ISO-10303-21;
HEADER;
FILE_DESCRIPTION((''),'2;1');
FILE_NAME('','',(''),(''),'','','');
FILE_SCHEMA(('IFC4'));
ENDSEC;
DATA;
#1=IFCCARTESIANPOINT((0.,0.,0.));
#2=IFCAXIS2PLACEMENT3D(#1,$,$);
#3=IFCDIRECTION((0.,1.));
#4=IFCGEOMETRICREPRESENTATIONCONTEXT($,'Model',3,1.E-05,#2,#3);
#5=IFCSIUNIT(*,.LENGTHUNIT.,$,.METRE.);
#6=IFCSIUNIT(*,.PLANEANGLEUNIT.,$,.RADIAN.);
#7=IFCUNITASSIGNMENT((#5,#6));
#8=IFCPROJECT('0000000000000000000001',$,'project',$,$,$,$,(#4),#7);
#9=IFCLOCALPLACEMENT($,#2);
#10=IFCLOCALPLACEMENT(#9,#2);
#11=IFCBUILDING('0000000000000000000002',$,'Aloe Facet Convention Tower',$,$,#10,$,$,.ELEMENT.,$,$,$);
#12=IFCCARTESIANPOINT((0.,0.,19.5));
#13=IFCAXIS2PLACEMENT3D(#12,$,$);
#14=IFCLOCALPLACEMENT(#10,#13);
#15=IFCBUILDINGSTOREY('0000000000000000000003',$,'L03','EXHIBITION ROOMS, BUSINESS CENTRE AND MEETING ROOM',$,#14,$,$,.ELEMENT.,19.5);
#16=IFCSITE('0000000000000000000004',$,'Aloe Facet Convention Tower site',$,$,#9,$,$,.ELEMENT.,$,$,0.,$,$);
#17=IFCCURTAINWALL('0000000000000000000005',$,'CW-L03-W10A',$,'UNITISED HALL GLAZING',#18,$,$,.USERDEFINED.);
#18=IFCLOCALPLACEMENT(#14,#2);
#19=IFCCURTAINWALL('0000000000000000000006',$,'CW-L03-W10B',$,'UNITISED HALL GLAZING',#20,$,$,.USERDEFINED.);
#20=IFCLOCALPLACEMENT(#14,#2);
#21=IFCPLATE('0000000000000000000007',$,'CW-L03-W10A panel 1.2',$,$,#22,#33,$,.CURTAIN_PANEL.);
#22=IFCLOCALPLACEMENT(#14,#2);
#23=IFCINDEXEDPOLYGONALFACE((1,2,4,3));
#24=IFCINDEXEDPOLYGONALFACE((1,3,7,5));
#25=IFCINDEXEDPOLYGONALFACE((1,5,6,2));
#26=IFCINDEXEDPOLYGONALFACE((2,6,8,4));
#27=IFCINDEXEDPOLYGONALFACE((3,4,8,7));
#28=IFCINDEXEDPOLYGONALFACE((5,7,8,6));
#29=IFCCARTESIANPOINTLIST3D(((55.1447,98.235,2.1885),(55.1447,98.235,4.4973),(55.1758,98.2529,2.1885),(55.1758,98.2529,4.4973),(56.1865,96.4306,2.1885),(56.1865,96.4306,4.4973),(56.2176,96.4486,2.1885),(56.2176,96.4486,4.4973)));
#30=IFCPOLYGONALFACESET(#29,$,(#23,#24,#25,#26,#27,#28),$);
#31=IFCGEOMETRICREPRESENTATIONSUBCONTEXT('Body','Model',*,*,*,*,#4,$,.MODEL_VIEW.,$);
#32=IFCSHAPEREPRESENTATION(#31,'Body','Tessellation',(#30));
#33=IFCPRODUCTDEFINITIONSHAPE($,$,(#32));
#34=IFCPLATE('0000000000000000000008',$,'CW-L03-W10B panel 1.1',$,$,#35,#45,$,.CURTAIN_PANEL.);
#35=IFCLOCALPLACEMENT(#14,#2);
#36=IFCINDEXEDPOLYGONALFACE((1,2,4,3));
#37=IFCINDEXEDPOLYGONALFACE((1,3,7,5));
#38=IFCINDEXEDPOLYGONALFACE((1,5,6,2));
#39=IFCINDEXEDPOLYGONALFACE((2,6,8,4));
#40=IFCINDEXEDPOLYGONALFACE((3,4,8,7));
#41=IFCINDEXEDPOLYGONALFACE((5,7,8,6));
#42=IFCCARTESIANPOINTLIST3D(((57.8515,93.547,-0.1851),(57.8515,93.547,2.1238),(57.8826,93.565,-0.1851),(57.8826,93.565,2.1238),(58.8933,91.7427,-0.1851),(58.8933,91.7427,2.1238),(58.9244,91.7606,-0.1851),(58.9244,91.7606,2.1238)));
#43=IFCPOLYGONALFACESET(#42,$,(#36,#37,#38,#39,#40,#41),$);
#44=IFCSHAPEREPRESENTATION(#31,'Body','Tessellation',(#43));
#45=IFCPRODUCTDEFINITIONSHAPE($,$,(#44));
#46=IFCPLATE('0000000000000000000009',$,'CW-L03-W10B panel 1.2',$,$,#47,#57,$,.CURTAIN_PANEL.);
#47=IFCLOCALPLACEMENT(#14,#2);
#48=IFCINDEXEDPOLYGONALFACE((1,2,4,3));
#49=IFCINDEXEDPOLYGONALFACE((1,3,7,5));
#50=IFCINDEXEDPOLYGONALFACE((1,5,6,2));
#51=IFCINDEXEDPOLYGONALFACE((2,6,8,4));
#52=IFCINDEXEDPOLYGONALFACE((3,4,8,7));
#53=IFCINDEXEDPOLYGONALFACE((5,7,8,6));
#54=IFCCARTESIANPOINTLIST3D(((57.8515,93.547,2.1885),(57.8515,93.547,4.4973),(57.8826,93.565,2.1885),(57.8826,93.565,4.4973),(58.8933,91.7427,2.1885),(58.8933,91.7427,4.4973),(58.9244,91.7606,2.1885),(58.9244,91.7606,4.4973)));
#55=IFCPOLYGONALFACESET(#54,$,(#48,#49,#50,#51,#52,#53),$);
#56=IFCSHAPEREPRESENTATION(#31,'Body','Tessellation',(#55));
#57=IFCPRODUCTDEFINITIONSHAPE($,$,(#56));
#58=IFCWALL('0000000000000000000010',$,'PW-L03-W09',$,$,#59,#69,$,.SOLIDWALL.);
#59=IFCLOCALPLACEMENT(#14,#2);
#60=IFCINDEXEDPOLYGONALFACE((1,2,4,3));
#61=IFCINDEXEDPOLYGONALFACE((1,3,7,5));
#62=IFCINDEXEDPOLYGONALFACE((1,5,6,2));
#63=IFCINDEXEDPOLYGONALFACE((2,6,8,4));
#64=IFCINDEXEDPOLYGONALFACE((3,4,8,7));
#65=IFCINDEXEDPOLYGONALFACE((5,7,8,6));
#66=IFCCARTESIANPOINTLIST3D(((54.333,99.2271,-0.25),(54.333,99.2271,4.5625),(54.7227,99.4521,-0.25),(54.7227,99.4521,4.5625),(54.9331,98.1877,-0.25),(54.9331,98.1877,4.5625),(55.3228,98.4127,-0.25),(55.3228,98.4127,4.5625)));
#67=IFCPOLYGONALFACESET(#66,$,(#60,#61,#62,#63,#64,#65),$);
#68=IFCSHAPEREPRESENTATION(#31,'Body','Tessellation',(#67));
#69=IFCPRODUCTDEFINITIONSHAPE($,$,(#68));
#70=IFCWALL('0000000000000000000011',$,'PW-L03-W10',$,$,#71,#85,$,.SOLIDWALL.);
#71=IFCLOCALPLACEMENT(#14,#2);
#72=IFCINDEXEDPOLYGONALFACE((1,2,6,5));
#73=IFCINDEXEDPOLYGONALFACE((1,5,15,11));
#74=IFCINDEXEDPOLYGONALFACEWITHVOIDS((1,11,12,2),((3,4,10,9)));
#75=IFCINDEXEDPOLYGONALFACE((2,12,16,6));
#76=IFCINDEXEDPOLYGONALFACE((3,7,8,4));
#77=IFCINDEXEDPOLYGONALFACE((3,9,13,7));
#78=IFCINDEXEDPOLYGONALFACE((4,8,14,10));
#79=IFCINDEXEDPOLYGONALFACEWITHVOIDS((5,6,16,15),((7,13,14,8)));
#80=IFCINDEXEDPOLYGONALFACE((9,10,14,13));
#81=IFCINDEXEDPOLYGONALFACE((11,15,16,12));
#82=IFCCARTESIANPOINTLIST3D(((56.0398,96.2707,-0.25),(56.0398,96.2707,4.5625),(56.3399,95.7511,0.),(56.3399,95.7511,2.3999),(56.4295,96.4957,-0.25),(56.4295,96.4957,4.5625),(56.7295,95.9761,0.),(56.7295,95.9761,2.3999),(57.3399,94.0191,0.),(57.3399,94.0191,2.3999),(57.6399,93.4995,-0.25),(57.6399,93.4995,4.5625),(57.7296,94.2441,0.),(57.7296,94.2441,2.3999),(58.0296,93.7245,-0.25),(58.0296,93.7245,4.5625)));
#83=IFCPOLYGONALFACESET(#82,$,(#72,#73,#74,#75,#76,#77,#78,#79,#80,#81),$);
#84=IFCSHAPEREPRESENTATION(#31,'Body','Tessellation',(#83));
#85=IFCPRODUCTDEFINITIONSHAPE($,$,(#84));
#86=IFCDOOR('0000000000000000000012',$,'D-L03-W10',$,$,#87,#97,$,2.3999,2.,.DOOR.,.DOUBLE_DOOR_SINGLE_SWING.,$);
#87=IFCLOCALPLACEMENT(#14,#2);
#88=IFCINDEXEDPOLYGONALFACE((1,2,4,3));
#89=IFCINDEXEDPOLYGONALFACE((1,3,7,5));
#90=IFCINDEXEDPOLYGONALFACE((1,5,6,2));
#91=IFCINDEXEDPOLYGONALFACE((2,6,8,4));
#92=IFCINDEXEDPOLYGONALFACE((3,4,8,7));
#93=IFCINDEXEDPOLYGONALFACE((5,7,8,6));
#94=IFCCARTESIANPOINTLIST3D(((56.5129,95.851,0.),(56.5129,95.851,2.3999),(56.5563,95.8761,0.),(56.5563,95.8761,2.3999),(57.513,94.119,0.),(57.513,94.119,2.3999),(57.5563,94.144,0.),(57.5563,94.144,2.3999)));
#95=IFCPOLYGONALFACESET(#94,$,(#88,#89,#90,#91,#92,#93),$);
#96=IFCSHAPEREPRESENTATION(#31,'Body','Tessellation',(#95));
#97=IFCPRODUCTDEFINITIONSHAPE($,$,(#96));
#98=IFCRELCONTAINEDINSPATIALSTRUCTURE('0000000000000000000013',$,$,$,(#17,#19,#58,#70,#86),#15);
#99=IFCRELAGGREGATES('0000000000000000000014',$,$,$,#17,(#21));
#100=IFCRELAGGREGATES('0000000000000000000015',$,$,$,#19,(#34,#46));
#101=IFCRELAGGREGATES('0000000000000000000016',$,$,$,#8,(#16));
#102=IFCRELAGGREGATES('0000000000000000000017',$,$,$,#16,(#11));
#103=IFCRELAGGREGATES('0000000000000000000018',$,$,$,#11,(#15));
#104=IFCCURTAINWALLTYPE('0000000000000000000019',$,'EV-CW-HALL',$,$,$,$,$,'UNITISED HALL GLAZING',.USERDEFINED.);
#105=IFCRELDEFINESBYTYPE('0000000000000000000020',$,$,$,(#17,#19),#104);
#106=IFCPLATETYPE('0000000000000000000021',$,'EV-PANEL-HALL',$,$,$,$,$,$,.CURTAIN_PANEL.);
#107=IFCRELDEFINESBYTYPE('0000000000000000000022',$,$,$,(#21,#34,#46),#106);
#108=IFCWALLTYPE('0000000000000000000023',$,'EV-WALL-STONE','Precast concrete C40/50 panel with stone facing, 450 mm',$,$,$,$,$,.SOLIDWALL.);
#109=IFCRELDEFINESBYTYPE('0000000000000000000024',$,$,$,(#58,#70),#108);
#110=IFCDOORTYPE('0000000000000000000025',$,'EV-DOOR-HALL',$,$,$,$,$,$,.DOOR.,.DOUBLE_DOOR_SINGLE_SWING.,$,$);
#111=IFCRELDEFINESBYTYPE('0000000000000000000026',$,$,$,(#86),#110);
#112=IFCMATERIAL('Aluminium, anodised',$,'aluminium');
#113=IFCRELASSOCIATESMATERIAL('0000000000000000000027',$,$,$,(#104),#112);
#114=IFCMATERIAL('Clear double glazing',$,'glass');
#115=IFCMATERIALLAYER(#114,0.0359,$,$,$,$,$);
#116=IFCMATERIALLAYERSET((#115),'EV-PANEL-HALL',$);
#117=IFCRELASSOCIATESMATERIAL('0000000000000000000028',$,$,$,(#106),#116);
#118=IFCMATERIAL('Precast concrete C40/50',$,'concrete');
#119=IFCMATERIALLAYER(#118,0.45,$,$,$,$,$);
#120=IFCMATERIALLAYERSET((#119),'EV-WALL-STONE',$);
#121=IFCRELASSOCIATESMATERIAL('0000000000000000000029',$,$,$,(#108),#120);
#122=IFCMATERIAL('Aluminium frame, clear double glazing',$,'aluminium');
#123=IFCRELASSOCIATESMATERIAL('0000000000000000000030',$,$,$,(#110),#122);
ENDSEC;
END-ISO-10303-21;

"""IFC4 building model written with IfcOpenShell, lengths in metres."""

from ifc_helpers import new_model, si_unit, direction, frame, frame_2d, origin, origin_2d, place, context, subcontext, project, spatial, rectangle, extrude, material, layer, layer_set, type_object, element, fill, aggregate, save


model = new_model("IFC4")

# Units and contexts
model_context = context("Model", 3, precision=1e-05, world=origin(), true_north=direction((0.0, 1.0)))
body_context = subcontext(model_context, "Body", "Model", "MODEL_VIEW")
ifc_project = project(units=[si_unit("LENGTHUNIT", "METRE"), si_unit("PLANEANGLEUNIT", "RADIAN")], contexts=[model_context])

# Site, building, storey
site_placement = place(None, origin())
site = spatial("IfcSite", under=ifc_project, at=site_placement, Name="Aloe Facet Convention Tower site", CompositionType="ELEMENT", RefElevation=0.0)
building_placement = place(site_placement, origin())
building = spatial("IfcBuilding", under=site, at=building_placement, Name="Aloe Facet Convention Tower", CompositionType="ELEMENT")
storey_placement = place(building_placement, frame((0.0, 0.0, 19.5)))
storey = spatial("IfcBuildingStorey", under=building, at=storey_placement, Name="L03", Description="EXHIBITION ROOMS, BUSINESS CENTRE AND MEETING ROOM", CompositionType="ELEMENT", Elevation=19.5)

# Shared definitions
ifc_material_1 = material(Name="Aluminium, anodised", Category="aluminium")
curtain_wall_type = type_object("IfcCurtainWallType", Name="EV-CW-HALL", ElementType="UNITISED HALL GLAZING", PredefinedType="USERDEFINED", material=ifc_material_1)

# Curtain wall
curtain_wall_1_placement = place(storey_placement, origin())
curtain_wall_1 = element("IfcCurtainWall", 1, at=curtain_wall_1_placement, inside=storey, type_object=curtain_wall_type, Name="CW-L03-W10A", ObjectType="UNITISED HALL GLAZING", PredefinedType="USERDEFINED")

# Curtain wall
curtain_wall_2_placement = place(storey_placement, origin())
curtain_wall_2 = element("IfcCurtainWall", 2, at=curtain_wall_2_placement, inside=storey, type_object=curtain_wall_type, Name="CW-L03-W10B", ObjectType="UNITISED HALL GLAZING", PredefinedType="USERDEFINED")

# Plates
ifc_material_2 = material(Name="Clear double glazing", Category="glass")
ifc_layer_1 = layer(ifc_material_2, 0.0359)
ifc_layer_set_1 = layer_set([ifc_layer_1], Name="EV-PANEL-HALL")
plate_type = type_object("IfcPlateType", Name="EV-PANEL-HALL", PredefinedType="CURTAIN_PANEL", material=ifc_layer_set_1)
plate_1_placement = place(storey_placement, frame((55.6812, 97.3418, 2.1885), z_axis=(0.0, 0.0, 1.0), x_axis=(0.5, -0.866025, 0.0)))
plate_1 = element("IfcPlate", 3, at=plate_1_placement, type_object=plate_type, Name="CW-L03-W10A panel 1.2", PredefinedType="CURTAIN_PANEL", context=body_context, shape_type="SweptSolid", body=[
    extrude(rectangle(XDim=2.0835, YDim=0.0359, at=origin_2d()), origin(), (0.0, 0.0, 1.0), 2.3088),
])
aggregate(curtain_wall_1, [plate_1])
plate_2_placement = place(storey_placement, frame((58.3879, 92.6538, -0.1851), z_axis=(0.0, 0.0, 1.0), x_axis=(0.5, -0.866025, 0.0)))
plate_2 = element("IfcPlate", 4, at=plate_2_placement, type_object=plate_type, Name="CW-L03-W10B panel 1.1", PredefinedType="CURTAIN_PANEL", context=body_context, shape_type="SweptSolid", body=[
    extrude(rectangle(XDim=2.0835, YDim=0.0359, at=origin_2d()), origin(), (0.0, 0.0, 1.0), 2.3088),
])
plate_3_placement = place(storey_placement, frame((58.3879, 92.6538, 2.1885), z_axis=(0.0, 0.0, 1.0), x_axis=(0.5, -0.866025, 0.0)))
plate_3 = element("IfcPlate", 5, at=plate_3_placement, type_object=plate_type, Name="CW-L03-W10B panel 1.2", PredefinedType="CURTAIN_PANEL", context=body_context, shape_type="SweptSolid", body=[
    extrude(rectangle(XDim=2.0835, YDim=0.0359, at=origin_2d()), origin(), (0.0, 0.0, 1.0), 2.3088),
])
aggregate(curtain_wall_2, [plate_2, plate_3])

# Wall
ifc_material_3 = material(Name="Precast concrete C40/50", Category="concrete")
ifc_layer_2 = layer(ifc_material_3, 0.45)
ifc_layer_set_2 = layer_set([ifc_layer_2], Name="EV-WALL-STONE")
wall_type = type_object("IfcWallType", Name="EV-WALL-STONE", Description="Precast concrete C40/50 panel with stone facing, 450 mm", PredefinedType="SOLIDWALL", material=ifc_layer_set_2)
wall_1_placement = place(storey_placement, frame((54.5278, 99.3396, -0.25), z_axis=(0.0, 0.0, 1.0), x_axis=(0.500034, -0.866006, 0.0)))
element("IfcWall", 6, at=wall_1_placement, inside=storey, type_object=wall_type, Name="PW-L03-W09", PredefinedType="SOLIDWALL", context=body_context, shape_type="SweptSolid", body=[
    extrude(rectangle(XDim=1.2002, YDim=0.45, at=frame_2d((0.6001, 0.0))), origin(), (0.0, 0.0, 1.0), 4.8125),
])

# Wall, opening, door
wall_2_placement = place(storey_placement, frame((56.2346, 96.3833, -0.25), z_axis=(0.0, 0.0, 1.0), x_axis=(0.500028, -0.866009, 0.0)))
wall_2 = element("IfcWall", 7, at=wall_2_placement, inside=storey, type_object=wall_type, Name="PW-L03-W10", PredefinedType="SOLIDWALL", context=body_context, shape_type="SweptSolid", body=[
    extrude(rectangle(XDim=3.2, YDim=0.45, at=frame_2d((1.6001, 0.0))), origin(), (0.0, 0.0, 1.0), 4.8125),
])
opening_placement = place(wall_2_placement, frame((0.6001, 0.0, 0.25)))
opening = element("IfcOpeningElement", 8, at=opening_placement, cuts=wall_2, PredefinedType="OPENING", context=body_context, shape_type="SweptSolid", body=[
    extrude(rectangle(XDim=2.0, YDim=2.3999, at=frame_2d((1.0, 1.2))), frame((0.0, 0.2349, 0.0), z_axis=(0.0, -1.0, 0.0), x_axis=(1.0, 0.0, 0.0)), (0.0, 0.0, 1.0), 0.47),
])
ifc_material_4 = material(Name="Aluminium frame, clear double glazing", Category="aluminium")
door_type = type_object("IfcDoorType", Name="EV-DOOR-HALL", OperationType="DOUBLE_DOOR_SINGLE_SWING", PredefinedType="DOOR", material=ifc_material_4)
door_placement = place(opening_placement, origin())
door = element("IfcDoor", 9, at=door_placement, inside=storey, type_object=door_type, Name="D-L03-W10", OperationType="DOUBLE_DOOR_SINGLE_SWING", OverallHeight=2.3999, OverallWidth=2.0, PredefinedType="DOOR", context=body_context, shape_type="SweptSolid", body=[
    extrude(rectangle(XDim=2.0, YDim=2.3999, at=frame_2d((1.0, 1.2))), frame((0.0, 0.0249, 0.0), z_axis=(0.0, -1.0, 0.0), x_axis=(1.0, 0.0, 0.0)), (0.0, 0.0, 1.0), 0.05),
])
fill(opening, door)

save(model, "model.ifc")
